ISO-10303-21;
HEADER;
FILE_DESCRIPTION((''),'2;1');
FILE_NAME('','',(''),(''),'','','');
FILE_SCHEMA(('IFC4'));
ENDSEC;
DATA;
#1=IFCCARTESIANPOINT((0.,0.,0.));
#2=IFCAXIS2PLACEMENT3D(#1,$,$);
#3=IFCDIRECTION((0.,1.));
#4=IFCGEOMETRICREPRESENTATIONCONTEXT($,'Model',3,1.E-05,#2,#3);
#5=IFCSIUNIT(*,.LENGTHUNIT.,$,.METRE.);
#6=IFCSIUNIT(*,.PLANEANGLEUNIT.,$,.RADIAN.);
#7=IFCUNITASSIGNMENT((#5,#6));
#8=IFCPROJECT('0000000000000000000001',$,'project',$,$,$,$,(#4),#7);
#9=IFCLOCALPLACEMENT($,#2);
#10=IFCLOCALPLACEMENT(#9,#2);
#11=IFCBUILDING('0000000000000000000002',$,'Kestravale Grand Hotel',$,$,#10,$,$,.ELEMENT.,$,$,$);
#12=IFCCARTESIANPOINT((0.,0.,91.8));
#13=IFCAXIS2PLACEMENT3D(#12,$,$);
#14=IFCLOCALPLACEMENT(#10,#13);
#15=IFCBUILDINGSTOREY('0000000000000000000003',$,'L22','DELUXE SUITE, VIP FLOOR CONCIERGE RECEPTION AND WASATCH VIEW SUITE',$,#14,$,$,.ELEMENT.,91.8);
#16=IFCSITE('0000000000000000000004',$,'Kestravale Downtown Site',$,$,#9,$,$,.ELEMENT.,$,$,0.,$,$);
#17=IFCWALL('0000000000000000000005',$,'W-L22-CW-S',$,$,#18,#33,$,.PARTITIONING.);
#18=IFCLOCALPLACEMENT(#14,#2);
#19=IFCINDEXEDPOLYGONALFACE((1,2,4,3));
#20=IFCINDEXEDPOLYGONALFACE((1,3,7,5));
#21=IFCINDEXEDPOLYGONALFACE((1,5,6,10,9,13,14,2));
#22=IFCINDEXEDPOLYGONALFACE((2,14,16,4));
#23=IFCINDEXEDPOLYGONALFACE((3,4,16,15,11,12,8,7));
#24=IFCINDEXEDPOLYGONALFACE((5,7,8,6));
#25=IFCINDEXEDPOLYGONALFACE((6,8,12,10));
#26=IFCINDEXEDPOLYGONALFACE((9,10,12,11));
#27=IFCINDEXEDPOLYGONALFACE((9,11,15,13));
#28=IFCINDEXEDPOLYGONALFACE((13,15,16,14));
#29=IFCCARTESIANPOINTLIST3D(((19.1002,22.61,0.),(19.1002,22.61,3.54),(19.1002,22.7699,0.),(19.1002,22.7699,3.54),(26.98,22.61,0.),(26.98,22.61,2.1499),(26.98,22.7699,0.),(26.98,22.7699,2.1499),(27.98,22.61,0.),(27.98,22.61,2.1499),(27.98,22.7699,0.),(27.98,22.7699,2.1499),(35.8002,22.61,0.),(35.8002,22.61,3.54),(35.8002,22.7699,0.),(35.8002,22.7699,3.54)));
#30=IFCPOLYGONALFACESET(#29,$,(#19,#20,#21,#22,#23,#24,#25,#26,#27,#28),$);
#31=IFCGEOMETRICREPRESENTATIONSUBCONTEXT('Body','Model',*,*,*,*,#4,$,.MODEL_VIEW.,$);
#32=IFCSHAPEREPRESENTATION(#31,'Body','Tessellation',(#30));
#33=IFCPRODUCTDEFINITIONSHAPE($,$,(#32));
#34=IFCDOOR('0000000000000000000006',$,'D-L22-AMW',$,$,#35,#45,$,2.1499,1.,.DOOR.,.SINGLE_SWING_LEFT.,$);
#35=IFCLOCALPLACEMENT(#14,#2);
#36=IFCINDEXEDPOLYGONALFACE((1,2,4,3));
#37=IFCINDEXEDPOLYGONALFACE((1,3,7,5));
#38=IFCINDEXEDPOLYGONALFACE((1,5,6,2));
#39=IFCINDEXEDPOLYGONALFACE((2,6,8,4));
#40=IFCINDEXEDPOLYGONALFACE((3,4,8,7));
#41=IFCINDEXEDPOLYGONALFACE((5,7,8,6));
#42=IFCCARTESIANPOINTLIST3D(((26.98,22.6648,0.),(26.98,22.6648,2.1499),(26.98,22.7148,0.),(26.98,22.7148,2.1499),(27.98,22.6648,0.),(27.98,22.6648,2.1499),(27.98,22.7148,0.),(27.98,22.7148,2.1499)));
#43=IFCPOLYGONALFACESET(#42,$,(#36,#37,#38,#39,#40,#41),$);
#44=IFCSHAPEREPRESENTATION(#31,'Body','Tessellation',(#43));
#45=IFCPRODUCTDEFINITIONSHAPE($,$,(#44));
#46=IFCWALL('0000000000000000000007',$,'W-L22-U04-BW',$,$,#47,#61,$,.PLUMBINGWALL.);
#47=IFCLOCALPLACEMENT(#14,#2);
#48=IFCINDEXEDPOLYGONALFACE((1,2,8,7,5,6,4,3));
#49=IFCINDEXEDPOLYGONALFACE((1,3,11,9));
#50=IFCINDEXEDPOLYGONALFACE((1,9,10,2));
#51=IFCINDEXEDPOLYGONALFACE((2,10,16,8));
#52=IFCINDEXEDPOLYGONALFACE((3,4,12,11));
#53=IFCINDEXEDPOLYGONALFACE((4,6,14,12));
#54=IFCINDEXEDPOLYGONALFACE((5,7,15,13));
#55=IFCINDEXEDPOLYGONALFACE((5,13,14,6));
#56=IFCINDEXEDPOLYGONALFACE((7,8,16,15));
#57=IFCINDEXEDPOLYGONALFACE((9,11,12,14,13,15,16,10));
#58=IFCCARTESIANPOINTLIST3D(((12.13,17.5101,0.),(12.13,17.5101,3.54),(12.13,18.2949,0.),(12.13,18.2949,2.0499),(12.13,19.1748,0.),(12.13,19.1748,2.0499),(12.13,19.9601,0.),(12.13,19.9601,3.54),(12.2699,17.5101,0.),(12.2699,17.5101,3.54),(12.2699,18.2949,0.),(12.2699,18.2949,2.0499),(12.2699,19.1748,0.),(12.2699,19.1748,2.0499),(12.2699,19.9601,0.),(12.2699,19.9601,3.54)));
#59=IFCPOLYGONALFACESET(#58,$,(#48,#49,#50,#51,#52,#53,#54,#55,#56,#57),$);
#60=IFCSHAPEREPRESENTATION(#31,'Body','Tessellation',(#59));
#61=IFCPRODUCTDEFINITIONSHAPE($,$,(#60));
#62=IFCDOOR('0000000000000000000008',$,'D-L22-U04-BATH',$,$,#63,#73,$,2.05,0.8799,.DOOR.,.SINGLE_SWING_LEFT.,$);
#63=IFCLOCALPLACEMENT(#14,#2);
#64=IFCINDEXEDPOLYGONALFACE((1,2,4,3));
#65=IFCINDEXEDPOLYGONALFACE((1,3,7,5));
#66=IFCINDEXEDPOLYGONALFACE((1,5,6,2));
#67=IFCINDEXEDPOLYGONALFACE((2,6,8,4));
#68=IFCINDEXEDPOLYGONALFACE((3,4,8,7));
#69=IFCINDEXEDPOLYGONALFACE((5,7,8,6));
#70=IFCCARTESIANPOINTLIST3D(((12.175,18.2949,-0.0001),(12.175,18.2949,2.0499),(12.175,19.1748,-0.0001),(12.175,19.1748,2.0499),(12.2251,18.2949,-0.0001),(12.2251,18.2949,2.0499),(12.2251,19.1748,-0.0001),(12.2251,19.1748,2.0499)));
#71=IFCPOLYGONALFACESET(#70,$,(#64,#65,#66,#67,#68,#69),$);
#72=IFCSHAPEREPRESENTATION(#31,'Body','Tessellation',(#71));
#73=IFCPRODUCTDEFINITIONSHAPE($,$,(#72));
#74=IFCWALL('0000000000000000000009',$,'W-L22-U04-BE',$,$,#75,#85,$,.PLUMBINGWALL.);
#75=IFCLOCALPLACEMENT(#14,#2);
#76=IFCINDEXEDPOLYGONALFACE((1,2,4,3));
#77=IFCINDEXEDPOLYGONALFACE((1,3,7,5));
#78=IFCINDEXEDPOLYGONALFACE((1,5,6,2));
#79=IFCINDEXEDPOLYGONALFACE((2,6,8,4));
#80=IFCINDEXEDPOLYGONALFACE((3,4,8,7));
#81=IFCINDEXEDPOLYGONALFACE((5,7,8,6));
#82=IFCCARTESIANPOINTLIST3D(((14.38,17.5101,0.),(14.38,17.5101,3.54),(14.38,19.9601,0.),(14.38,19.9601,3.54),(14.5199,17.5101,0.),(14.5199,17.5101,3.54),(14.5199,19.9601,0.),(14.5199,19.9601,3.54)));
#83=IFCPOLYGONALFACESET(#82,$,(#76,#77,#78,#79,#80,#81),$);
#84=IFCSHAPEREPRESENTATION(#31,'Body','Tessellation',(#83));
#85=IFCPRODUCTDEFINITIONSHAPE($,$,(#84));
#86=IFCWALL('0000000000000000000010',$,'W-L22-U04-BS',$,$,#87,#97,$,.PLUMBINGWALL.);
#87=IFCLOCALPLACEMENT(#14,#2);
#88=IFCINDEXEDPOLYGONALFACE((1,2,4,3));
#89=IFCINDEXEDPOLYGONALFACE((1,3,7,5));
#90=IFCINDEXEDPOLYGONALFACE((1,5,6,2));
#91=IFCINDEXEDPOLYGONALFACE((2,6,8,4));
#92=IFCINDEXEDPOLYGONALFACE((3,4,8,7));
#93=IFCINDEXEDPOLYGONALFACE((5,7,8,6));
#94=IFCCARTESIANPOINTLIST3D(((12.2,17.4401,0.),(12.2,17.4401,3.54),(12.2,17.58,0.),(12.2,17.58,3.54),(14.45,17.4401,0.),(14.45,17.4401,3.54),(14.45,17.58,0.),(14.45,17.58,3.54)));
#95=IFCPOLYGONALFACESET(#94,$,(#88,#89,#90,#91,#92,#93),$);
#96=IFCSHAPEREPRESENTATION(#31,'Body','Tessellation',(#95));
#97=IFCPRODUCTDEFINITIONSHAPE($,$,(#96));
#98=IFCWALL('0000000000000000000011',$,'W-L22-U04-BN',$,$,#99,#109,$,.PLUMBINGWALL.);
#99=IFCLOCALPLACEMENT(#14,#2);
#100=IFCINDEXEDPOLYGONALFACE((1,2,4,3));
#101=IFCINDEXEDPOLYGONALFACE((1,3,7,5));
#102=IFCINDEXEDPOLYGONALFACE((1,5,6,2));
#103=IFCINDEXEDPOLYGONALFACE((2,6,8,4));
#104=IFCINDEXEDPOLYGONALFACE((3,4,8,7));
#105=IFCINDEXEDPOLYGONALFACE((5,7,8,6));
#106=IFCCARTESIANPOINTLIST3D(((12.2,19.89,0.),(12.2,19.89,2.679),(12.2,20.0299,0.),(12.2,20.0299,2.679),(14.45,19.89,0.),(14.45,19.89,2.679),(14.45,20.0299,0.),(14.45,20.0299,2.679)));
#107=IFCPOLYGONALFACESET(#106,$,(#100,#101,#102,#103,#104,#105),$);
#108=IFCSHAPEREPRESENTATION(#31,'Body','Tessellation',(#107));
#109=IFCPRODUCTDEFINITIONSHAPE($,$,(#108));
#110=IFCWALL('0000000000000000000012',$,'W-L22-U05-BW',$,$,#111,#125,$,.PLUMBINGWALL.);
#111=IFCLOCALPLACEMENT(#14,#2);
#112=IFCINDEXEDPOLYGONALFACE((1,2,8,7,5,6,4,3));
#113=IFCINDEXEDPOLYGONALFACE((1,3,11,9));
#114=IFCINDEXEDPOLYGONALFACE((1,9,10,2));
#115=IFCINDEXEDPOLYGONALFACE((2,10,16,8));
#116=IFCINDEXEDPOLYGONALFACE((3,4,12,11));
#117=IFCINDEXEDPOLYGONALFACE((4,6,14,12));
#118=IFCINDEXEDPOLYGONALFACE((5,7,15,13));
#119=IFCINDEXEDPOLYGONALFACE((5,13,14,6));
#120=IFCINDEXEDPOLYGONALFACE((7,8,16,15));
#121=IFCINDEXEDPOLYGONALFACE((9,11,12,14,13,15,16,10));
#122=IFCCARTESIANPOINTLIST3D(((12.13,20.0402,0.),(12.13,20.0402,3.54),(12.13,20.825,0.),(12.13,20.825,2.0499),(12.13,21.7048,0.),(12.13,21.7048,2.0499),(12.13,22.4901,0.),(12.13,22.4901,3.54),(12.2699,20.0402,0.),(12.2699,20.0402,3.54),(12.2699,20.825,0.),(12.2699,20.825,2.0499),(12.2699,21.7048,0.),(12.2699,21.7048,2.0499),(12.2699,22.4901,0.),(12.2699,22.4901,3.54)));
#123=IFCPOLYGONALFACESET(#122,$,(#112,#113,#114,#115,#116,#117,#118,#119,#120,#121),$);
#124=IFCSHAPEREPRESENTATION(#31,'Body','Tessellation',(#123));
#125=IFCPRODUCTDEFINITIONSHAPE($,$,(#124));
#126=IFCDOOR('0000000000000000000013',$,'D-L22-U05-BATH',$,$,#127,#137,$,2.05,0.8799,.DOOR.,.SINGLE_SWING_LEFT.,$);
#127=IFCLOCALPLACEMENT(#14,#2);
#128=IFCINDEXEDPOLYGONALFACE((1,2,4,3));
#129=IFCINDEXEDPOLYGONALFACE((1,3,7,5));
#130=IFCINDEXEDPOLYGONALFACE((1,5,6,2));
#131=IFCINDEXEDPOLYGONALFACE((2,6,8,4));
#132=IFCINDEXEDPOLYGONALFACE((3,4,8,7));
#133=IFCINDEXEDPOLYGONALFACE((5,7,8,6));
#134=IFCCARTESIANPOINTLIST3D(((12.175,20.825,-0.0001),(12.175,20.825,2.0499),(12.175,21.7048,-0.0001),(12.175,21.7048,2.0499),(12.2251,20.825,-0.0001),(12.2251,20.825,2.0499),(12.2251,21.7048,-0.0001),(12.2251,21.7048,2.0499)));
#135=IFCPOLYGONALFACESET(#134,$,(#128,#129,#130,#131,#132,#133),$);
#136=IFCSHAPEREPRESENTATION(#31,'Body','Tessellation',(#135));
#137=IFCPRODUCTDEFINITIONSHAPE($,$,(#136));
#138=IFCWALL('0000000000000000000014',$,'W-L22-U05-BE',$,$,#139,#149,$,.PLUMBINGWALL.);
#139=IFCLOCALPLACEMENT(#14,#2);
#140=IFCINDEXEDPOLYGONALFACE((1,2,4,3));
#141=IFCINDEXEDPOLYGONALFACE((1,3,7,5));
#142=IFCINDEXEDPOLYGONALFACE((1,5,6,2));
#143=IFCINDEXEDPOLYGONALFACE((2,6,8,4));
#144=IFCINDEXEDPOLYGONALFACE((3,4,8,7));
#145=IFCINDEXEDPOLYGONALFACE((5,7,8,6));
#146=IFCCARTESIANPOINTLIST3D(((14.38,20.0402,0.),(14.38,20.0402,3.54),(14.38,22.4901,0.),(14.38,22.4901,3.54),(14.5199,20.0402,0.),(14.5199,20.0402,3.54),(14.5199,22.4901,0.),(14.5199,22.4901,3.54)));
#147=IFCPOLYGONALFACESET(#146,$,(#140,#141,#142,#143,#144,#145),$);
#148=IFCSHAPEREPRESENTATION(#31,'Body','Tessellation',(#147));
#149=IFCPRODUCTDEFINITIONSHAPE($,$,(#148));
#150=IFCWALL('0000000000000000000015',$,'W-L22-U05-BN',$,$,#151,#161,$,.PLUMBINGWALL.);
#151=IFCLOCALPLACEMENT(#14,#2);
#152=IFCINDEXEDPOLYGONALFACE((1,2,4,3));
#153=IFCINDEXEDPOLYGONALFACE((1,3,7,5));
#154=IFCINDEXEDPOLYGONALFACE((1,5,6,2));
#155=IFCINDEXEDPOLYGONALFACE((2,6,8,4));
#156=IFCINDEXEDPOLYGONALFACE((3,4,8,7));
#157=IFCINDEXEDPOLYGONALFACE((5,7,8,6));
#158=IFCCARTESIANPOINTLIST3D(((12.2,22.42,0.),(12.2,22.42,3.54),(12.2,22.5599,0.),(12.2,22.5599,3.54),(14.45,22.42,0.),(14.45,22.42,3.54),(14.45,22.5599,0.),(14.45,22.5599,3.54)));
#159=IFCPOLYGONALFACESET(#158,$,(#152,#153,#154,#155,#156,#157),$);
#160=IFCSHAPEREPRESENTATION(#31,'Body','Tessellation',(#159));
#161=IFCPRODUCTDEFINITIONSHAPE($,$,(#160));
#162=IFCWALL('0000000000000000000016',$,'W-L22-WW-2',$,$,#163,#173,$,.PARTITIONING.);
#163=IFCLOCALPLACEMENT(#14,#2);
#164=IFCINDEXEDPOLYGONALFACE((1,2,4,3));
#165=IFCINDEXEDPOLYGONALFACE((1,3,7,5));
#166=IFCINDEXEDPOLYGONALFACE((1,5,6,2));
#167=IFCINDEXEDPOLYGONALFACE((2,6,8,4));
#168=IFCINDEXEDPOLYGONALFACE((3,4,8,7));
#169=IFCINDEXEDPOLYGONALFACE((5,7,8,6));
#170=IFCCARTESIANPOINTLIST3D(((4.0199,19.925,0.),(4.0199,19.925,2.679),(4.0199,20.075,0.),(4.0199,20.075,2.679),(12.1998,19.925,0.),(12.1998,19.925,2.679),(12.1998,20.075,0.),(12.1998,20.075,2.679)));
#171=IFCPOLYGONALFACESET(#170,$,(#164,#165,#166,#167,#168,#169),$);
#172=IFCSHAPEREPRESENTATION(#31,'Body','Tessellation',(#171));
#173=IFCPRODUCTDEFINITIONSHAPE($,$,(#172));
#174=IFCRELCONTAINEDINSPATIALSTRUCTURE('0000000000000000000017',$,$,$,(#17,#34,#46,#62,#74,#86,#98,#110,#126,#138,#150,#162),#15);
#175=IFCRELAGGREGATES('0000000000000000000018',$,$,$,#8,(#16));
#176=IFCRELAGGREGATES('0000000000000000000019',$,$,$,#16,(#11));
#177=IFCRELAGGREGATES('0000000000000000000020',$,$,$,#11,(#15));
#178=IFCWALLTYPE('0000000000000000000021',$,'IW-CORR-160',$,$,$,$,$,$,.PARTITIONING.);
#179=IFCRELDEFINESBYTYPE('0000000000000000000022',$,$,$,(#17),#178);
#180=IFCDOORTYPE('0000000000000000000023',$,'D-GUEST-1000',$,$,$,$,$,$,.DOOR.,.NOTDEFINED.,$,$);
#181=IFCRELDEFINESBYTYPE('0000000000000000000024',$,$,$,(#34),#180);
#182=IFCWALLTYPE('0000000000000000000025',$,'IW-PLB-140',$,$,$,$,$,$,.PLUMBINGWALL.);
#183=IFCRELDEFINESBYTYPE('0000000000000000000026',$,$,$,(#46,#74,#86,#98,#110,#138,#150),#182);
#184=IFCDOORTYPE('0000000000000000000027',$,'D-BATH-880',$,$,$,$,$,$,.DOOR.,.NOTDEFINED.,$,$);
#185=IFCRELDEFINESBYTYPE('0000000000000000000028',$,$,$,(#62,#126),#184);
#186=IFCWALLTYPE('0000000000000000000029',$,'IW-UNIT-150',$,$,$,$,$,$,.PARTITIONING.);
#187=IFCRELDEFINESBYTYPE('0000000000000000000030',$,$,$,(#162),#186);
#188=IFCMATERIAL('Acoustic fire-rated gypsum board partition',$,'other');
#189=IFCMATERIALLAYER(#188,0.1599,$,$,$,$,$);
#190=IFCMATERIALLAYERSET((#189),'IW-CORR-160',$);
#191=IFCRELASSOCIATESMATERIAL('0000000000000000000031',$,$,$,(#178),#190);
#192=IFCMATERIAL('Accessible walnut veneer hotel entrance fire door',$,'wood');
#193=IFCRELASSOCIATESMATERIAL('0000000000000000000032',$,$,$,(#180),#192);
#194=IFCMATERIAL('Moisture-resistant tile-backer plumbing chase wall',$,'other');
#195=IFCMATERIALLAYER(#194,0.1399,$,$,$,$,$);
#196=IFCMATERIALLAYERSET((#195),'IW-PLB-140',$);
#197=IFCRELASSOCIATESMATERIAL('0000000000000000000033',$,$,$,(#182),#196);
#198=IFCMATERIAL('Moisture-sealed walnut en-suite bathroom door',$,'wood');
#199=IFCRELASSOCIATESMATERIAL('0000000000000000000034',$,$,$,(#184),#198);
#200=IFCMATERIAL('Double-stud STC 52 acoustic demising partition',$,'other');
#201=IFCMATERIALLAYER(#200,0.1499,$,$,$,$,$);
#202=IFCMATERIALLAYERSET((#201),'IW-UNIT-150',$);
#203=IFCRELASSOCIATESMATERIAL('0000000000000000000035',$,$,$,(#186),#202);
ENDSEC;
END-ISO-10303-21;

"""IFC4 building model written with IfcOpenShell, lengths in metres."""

from ifc_helpers import new_model, si_unit, direction, frame, frame_2d, origin, place, context, subcontext, project, spatial, rectangle, extrude, material, layer, layer_set, type_object, element, fill, save


model = new_model("IFC4")

# Units and contexts
model_context = context("Model", 3, precision=1e-05, world=origin(), true_north=direction((0.0, 1.0)))
body_context = subcontext(model_context, "Body", "Model", "MODEL_VIEW")
ifc_project = project(units=[si_unit("LENGTHUNIT", "METRE"), si_unit("PLANEANGLEUNIT", "RADIAN")], contexts=[model_context])

# Site, building, storey
site_placement = place(None, origin())
site = spatial("IfcSite", under=ifc_project, at=site_placement, Name="Kestravale Downtown Site", CompositionType="ELEMENT", RefElevation=0.0)
building_placement = place(site_placement, origin())
building = spatial("IfcBuilding", under=site, at=building_placement, Name="Kestravale Grand Hotel", CompositionType="ELEMENT")
storey_placement = place(building_placement, frame((0.0, 0.0, 91.8)))
storey = spatial("IfcBuildingStorey", under=building, at=storey_placement, Name="L22", Description="DELUXE SUITE, VIP FLOOR CONCIERGE RECEPTION AND WASATCH VIEW SUITE", CompositionType="ELEMENT", Elevation=91.8)

# Shared definitions
ifc_material_1 = material(Name="Acoustic fire-rated gypsum board partition", Category="other")
ifc_layer_1 = layer(ifc_material_1, 0.1599)
ifc_layer_set_1 = layer_set([ifc_layer_1], Name="IW-CORR-160")
wall_type_1 = type_object("IfcWallType", Name="IW-CORR-160", PredefinedType="PARTITIONING", material=ifc_layer_set_1)

# Walls, openings, doors
wall_1_placement = place(storey_placement, frame((19.1001, 22.6899, 0.0), z_axis=(0.0, 0.0, 1.0), x_axis=(1.0, 0.0, 0.0)))
wall_1 = element("IfcWall", 1, at=wall_1_placement, inside=storey, type_object=wall_type_1, Name="W-L22-CW-S", PredefinedType="PARTITIONING", context=body_context, shape_type="SweptSolid", body=[
    extrude(rectangle(XDim=16.7, YDim=0.1599, at=frame_2d((8.3501, 0.0))), origin(), (0.0, 0.0, 1.0), 3.54),
])
opening_1_placement = place(wall_1_placement, frame((7.8799, 0.0, 0.0)))
opening_1 = element("IfcOpeningElement", 2, at=opening_1_placement, cuts=wall_1, PredefinedType="OPENING", context=body_context, shape_type="SweptSolid", body=[
    extrude(rectangle(XDim=1.0, YDim=2.1499, at=frame_2d((0.5, 1.075))), frame((0.0, 0.0898, 0.0), z_axis=(0.0, -1.0, 0.0), x_axis=(1.0, 0.0, 0.0)), (0.0, 0.0, 1.0), 0.1799),
])
ifc_material_2 = material(Name="Accessible walnut veneer hotel entrance fire door", Category="wood")
door_type_1 = type_object("IfcDoorType", Name="D-GUEST-1000", OperationType="NOTDEFINED", PredefinedType="DOOR", material=ifc_material_2)
door_1_placement = place(opening_1_placement, origin())
door_1 = element("IfcDoor", 3, at=door_1_placement, inside=storey, type_object=door_type_1, Name="D-L22-AMW", OperationType="SINGLE_SWING_LEFT", OverallHeight=2.1499, OverallWidth=1.0, PredefinedType="DOOR", context=body_context, shape_type="SweptSolid", body=[
    extrude(rectangle(XDim=1.0, YDim=2.1499, at=frame_2d((0.5, 1.075))), frame((0.0, 0.0249, 0.0), z_axis=(0.0, -1.0, 0.0), x_axis=(1.0, 0.0, 0.0)), (0.0, 0.0, 1.0), 0.05),
])
fill(opening_1, door_1)
ifc_material_3 = material(Name="Moisture-resistant tile-backer plumbing chase wall", Category="other")
ifc_layer_2 = layer(ifc_material_3, 0.1399)
ifc_layer_set_2 = layer_set([ifc_layer_2], Name="IW-PLB-140")
wall_type_2 = type_object("IfcWallType", Name="IW-PLB-140", PredefinedType="PLUMBINGWALL", material=ifc_layer_set_2)
wall_2_placement = place(storey_placement, frame((12.2, 17.51, 0.0), z_axis=(0.0, 0.0, 1.0), x_axis=(0.0, 1.0, 0.0)))
wall_2 = element("IfcWall", 4, at=wall_2_placement, inside=storey, type_object=wall_type_2, Name="W-L22-U04-BW", PredefinedType="PLUMBINGWALL", context=body_context, shape_type="SweptSolid", body=[
    extrude(rectangle(XDim=2.45, YDim=0.1399, at=frame_2d((1.2251, 0.0))), origin(), (0.0, 0.0, 1.0), 3.54),
])
opening_2_placement = place(wall_2_placement, frame((0.7849, 0.0, 0.0)))
opening_2 = element("IfcOpeningElement", 5, at=opening_2_placement, cuts=wall_2, PredefinedType="OPENING", context=body_context, shape_type="SweptSolid", body=[
    extrude(rectangle(XDim=0.8799, YDim=2.05, at=frame_2d((0.4399, 1.0249))), frame((0.0, 0.0798, 0.0), z_axis=(0.0, -1.0, 0.0), x_axis=(1.0, 0.0, 0.0)), (0.0, 0.0, 1.0), 0.1599),
])
ifc_material_4 = material(Name="Moisture-sealed walnut en-suite bathroom door", Category="wood")
door_type_2 = type_object("IfcDoorType", Name="D-BATH-880", OperationType="NOTDEFINED", PredefinedType="DOOR", material=ifc_material_4)
door_2_placement = place(opening_2_placement, origin())
door_2 = element("IfcDoor", 6, at=door_2_placement, inside=storey, type_object=door_type_2, Name="D-L22-U04-BATH", OperationType="SINGLE_SWING_LEFT", OverallHeight=2.05, OverallWidth=0.8799, PredefinedType="DOOR", context=body_context, shape_type="SweptSolid", body=[
    extrude(rectangle(XDim=0.8799, YDim=2.05, at=frame_2d((0.4399, 1.0249))), frame((0.0, 0.0249, 0.0), z_axis=(0.0, -1.0, 0.0), x_axis=(1.0, 0.0, 0.0)), (0.0, 0.0, 1.0), 0.05),
])
fill(opening_2, door_2)

# Walls
wall_3_placement = place(storey_placement, frame((14.45, 17.51, 0.0), z_axis=(0.0, 0.0, 1.0), x_axis=(0.0, 1.0, 0.0)))
element("IfcWall", 7, at=wall_3_placement, inside=storey, type_object=wall_type_2, Name="W-L22-U04-BE", PredefinedType="PLUMBINGWALL", context=body_context, shape_type="SweptSolid", body=[
    extrude(rectangle(XDim=2.45, YDim=0.1399, at=frame_2d((1.2251, 0.0))), origin(), (0.0, 0.0, 1.0), 3.54),
])
wall_4_placement = place(storey_placement, frame((12.2, 17.51, 0.0), z_axis=(0.0, 0.0, 1.0), x_axis=(1.0, 0.0, 0.0)))
element("IfcWall", 8, at=wall_4_placement, inside=storey, type_object=wall_type_2, Name="W-L22-U04-BS", PredefinedType="PLUMBINGWALL", context=body_context, shape_type="SweptSolid", body=[
    extrude(rectangle(XDim=2.25, YDim=0.1399, at=frame_2d((1.125, 0.0))), origin(), (0.0, 0.0, 1.0), 3.54),
])
wall_5_placement = place(storey_placement, frame((12.2, 19.96, 0.0), z_axis=(0.0, 0.0, 1.0), x_axis=(1.0, 0.0, 0.0)))
element("IfcWall", 9, at=wall_5_placement, inside=storey, type_object=wall_type_2, Name="W-L22-U04-BN", PredefinedType="PLUMBINGWALL", context=body_context, shape_type="SweptSolid", body=[
    extrude(rectangle(XDim=2.25, YDim=0.1399, at=frame_2d((1.125, 0.0))), origin(), (0.0, 0.0, 1.0), 2.679),
])

# Wall, opening, door
wall_6_placement = place(storey_placement, frame((12.2, 20.04, 0.0), z_axis=(0.0, 0.0, 1.0), x_axis=(0.0, 1.0, 0.0)))
wall_6 = element("IfcWall", 10, at=wall_6_placement, inside=storey, type_object=wall_type_2, Name="W-L22-U05-BW", PredefinedType="PLUMBINGWALL", context=body_context, shape_type="SweptSolid", body=[
    extrude(rectangle(XDim=2.45, YDim=0.1399, at=frame_2d((1.2251, 0.0))), origin(), (0.0, 0.0, 1.0), 3.54),
])
opening_3_placement = place(wall_6_placement, frame((0.7849, 0.0, 0.0)))
opening_3 = element("IfcOpeningElement", 11, at=opening_3_placement, cuts=wall_6, PredefinedType="OPENING", context=body_context, shape_type="SweptSolid", body=[
    extrude(rectangle(XDim=0.8799, YDim=2.05, at=frame_2d((0.4399, 1.0249))), frame((0.0, 0.0798, 0.0), z_axis=(0.0, -1.0, 0.0), x_axis=(1.0, 0.0, 0.0)), (0.0, 0.0, 1.0), 0.1599),
])
door_3_placement = place(opening_3_placement, origin())
door_3 = element("IfcDoor", 12, at=door_3_placement, inside=storey, type_object=door_type_2, Name="D-L22-U05-BATH", OperationType="SINGLE_SWING_LEFT", OverallHeight=2.05, OverallWidth=0.8799, PredefinedType="DOOR", context=body_context, shape_type="SweptSolid", body=[
    extrude(rectangle(XDim=0.8799, YDim=2.05, at=frame_2d((0.4399, 1.0249))), frame((0.0, 0.0249, 0.0), z_axis=(0.0, -1.0, 0.0), x_axis=(1.0, 0.0, 0.0)), (0.0, 0.0, 1.0), 0.05),
])
fill(opening_3, door_3)

# Walls
wall_7_placement = place(storey_placement, frame((14.45, 20.04, 0.0), z_axis=(0.0, 0.0, 1.0), x_axis=(0.0, 1.0, 0.0)))
element("IfcWall", 13, at=wall_7_placement, inside=storey, type_object=wall_type_2, Name="W-L22-U05-BE", PredefinedType="PLUMBINGWALL", context=body_context, shape_type="SweptSolid", body=[
    extrude(rectangle(XDim=2.45, YDim=0.1399, at=frame_2d((1.2251, 0.0))), origin(), (0.0, 0.0, 1.0), 3.54),
])
wall_8_placement = place(storey_placement, frame((12.2, 22.49, 0.0), z_axis=(0.0, 0.0, 1.0), x_axis=(1.0, 0.0, 0.0)))
element("IfcWall", 14, at=wall_8_placement, inside=storey, type_object=wall_type_2, Name="W-L22-U05-BN", PredefinedType="PLUMBINGWALL", context=body_context, shape_type="SweptSolid", body=[
    extrude(rectangle(XDim=2.25, YDim=0.1399, at=frame_2d((1.125, 0.0))), origin(), (0.0, 0.0, 1.0), 3.54),
])
ifc_material_5 = material(Name="Double-stud STC 52 acoustic demising partition", Category="other")
ifc_layer_3 = layer(ifc_material_5, 0.1499)
ifc_layer_set_3 = layer_set([ifc_layer_3], Name="IW-UNIT-150")
wall_type_3 = type_object("IfcWallType", Name="IW-UNIT-150", PredefinedType="PARTITIONING", material=ifc_layer_set_3)
wall_9_placement = place(storey_placement, frame((4.02, 20.0, 0.0), z_axis=(0.0, 0.0, 1.0), x_axis=(1.0, 0.0, 0.0)))
element("IfcWall", 15, at=wall_9_placement, inside=storey, type_object=wall_type_3, Name="W-L22-WW-2", PredefinedType="PARTITIONING", context=body_context, shape_type="SweptSolid", body=[
    extrude(rectangle(XDim=8.1799, YDim=0.1499, at=frame_2d((4.0898, 0.0))), origin(), (0.0, 0.0, 1.0), 2.679),
])

save(model, "model.ifc")
